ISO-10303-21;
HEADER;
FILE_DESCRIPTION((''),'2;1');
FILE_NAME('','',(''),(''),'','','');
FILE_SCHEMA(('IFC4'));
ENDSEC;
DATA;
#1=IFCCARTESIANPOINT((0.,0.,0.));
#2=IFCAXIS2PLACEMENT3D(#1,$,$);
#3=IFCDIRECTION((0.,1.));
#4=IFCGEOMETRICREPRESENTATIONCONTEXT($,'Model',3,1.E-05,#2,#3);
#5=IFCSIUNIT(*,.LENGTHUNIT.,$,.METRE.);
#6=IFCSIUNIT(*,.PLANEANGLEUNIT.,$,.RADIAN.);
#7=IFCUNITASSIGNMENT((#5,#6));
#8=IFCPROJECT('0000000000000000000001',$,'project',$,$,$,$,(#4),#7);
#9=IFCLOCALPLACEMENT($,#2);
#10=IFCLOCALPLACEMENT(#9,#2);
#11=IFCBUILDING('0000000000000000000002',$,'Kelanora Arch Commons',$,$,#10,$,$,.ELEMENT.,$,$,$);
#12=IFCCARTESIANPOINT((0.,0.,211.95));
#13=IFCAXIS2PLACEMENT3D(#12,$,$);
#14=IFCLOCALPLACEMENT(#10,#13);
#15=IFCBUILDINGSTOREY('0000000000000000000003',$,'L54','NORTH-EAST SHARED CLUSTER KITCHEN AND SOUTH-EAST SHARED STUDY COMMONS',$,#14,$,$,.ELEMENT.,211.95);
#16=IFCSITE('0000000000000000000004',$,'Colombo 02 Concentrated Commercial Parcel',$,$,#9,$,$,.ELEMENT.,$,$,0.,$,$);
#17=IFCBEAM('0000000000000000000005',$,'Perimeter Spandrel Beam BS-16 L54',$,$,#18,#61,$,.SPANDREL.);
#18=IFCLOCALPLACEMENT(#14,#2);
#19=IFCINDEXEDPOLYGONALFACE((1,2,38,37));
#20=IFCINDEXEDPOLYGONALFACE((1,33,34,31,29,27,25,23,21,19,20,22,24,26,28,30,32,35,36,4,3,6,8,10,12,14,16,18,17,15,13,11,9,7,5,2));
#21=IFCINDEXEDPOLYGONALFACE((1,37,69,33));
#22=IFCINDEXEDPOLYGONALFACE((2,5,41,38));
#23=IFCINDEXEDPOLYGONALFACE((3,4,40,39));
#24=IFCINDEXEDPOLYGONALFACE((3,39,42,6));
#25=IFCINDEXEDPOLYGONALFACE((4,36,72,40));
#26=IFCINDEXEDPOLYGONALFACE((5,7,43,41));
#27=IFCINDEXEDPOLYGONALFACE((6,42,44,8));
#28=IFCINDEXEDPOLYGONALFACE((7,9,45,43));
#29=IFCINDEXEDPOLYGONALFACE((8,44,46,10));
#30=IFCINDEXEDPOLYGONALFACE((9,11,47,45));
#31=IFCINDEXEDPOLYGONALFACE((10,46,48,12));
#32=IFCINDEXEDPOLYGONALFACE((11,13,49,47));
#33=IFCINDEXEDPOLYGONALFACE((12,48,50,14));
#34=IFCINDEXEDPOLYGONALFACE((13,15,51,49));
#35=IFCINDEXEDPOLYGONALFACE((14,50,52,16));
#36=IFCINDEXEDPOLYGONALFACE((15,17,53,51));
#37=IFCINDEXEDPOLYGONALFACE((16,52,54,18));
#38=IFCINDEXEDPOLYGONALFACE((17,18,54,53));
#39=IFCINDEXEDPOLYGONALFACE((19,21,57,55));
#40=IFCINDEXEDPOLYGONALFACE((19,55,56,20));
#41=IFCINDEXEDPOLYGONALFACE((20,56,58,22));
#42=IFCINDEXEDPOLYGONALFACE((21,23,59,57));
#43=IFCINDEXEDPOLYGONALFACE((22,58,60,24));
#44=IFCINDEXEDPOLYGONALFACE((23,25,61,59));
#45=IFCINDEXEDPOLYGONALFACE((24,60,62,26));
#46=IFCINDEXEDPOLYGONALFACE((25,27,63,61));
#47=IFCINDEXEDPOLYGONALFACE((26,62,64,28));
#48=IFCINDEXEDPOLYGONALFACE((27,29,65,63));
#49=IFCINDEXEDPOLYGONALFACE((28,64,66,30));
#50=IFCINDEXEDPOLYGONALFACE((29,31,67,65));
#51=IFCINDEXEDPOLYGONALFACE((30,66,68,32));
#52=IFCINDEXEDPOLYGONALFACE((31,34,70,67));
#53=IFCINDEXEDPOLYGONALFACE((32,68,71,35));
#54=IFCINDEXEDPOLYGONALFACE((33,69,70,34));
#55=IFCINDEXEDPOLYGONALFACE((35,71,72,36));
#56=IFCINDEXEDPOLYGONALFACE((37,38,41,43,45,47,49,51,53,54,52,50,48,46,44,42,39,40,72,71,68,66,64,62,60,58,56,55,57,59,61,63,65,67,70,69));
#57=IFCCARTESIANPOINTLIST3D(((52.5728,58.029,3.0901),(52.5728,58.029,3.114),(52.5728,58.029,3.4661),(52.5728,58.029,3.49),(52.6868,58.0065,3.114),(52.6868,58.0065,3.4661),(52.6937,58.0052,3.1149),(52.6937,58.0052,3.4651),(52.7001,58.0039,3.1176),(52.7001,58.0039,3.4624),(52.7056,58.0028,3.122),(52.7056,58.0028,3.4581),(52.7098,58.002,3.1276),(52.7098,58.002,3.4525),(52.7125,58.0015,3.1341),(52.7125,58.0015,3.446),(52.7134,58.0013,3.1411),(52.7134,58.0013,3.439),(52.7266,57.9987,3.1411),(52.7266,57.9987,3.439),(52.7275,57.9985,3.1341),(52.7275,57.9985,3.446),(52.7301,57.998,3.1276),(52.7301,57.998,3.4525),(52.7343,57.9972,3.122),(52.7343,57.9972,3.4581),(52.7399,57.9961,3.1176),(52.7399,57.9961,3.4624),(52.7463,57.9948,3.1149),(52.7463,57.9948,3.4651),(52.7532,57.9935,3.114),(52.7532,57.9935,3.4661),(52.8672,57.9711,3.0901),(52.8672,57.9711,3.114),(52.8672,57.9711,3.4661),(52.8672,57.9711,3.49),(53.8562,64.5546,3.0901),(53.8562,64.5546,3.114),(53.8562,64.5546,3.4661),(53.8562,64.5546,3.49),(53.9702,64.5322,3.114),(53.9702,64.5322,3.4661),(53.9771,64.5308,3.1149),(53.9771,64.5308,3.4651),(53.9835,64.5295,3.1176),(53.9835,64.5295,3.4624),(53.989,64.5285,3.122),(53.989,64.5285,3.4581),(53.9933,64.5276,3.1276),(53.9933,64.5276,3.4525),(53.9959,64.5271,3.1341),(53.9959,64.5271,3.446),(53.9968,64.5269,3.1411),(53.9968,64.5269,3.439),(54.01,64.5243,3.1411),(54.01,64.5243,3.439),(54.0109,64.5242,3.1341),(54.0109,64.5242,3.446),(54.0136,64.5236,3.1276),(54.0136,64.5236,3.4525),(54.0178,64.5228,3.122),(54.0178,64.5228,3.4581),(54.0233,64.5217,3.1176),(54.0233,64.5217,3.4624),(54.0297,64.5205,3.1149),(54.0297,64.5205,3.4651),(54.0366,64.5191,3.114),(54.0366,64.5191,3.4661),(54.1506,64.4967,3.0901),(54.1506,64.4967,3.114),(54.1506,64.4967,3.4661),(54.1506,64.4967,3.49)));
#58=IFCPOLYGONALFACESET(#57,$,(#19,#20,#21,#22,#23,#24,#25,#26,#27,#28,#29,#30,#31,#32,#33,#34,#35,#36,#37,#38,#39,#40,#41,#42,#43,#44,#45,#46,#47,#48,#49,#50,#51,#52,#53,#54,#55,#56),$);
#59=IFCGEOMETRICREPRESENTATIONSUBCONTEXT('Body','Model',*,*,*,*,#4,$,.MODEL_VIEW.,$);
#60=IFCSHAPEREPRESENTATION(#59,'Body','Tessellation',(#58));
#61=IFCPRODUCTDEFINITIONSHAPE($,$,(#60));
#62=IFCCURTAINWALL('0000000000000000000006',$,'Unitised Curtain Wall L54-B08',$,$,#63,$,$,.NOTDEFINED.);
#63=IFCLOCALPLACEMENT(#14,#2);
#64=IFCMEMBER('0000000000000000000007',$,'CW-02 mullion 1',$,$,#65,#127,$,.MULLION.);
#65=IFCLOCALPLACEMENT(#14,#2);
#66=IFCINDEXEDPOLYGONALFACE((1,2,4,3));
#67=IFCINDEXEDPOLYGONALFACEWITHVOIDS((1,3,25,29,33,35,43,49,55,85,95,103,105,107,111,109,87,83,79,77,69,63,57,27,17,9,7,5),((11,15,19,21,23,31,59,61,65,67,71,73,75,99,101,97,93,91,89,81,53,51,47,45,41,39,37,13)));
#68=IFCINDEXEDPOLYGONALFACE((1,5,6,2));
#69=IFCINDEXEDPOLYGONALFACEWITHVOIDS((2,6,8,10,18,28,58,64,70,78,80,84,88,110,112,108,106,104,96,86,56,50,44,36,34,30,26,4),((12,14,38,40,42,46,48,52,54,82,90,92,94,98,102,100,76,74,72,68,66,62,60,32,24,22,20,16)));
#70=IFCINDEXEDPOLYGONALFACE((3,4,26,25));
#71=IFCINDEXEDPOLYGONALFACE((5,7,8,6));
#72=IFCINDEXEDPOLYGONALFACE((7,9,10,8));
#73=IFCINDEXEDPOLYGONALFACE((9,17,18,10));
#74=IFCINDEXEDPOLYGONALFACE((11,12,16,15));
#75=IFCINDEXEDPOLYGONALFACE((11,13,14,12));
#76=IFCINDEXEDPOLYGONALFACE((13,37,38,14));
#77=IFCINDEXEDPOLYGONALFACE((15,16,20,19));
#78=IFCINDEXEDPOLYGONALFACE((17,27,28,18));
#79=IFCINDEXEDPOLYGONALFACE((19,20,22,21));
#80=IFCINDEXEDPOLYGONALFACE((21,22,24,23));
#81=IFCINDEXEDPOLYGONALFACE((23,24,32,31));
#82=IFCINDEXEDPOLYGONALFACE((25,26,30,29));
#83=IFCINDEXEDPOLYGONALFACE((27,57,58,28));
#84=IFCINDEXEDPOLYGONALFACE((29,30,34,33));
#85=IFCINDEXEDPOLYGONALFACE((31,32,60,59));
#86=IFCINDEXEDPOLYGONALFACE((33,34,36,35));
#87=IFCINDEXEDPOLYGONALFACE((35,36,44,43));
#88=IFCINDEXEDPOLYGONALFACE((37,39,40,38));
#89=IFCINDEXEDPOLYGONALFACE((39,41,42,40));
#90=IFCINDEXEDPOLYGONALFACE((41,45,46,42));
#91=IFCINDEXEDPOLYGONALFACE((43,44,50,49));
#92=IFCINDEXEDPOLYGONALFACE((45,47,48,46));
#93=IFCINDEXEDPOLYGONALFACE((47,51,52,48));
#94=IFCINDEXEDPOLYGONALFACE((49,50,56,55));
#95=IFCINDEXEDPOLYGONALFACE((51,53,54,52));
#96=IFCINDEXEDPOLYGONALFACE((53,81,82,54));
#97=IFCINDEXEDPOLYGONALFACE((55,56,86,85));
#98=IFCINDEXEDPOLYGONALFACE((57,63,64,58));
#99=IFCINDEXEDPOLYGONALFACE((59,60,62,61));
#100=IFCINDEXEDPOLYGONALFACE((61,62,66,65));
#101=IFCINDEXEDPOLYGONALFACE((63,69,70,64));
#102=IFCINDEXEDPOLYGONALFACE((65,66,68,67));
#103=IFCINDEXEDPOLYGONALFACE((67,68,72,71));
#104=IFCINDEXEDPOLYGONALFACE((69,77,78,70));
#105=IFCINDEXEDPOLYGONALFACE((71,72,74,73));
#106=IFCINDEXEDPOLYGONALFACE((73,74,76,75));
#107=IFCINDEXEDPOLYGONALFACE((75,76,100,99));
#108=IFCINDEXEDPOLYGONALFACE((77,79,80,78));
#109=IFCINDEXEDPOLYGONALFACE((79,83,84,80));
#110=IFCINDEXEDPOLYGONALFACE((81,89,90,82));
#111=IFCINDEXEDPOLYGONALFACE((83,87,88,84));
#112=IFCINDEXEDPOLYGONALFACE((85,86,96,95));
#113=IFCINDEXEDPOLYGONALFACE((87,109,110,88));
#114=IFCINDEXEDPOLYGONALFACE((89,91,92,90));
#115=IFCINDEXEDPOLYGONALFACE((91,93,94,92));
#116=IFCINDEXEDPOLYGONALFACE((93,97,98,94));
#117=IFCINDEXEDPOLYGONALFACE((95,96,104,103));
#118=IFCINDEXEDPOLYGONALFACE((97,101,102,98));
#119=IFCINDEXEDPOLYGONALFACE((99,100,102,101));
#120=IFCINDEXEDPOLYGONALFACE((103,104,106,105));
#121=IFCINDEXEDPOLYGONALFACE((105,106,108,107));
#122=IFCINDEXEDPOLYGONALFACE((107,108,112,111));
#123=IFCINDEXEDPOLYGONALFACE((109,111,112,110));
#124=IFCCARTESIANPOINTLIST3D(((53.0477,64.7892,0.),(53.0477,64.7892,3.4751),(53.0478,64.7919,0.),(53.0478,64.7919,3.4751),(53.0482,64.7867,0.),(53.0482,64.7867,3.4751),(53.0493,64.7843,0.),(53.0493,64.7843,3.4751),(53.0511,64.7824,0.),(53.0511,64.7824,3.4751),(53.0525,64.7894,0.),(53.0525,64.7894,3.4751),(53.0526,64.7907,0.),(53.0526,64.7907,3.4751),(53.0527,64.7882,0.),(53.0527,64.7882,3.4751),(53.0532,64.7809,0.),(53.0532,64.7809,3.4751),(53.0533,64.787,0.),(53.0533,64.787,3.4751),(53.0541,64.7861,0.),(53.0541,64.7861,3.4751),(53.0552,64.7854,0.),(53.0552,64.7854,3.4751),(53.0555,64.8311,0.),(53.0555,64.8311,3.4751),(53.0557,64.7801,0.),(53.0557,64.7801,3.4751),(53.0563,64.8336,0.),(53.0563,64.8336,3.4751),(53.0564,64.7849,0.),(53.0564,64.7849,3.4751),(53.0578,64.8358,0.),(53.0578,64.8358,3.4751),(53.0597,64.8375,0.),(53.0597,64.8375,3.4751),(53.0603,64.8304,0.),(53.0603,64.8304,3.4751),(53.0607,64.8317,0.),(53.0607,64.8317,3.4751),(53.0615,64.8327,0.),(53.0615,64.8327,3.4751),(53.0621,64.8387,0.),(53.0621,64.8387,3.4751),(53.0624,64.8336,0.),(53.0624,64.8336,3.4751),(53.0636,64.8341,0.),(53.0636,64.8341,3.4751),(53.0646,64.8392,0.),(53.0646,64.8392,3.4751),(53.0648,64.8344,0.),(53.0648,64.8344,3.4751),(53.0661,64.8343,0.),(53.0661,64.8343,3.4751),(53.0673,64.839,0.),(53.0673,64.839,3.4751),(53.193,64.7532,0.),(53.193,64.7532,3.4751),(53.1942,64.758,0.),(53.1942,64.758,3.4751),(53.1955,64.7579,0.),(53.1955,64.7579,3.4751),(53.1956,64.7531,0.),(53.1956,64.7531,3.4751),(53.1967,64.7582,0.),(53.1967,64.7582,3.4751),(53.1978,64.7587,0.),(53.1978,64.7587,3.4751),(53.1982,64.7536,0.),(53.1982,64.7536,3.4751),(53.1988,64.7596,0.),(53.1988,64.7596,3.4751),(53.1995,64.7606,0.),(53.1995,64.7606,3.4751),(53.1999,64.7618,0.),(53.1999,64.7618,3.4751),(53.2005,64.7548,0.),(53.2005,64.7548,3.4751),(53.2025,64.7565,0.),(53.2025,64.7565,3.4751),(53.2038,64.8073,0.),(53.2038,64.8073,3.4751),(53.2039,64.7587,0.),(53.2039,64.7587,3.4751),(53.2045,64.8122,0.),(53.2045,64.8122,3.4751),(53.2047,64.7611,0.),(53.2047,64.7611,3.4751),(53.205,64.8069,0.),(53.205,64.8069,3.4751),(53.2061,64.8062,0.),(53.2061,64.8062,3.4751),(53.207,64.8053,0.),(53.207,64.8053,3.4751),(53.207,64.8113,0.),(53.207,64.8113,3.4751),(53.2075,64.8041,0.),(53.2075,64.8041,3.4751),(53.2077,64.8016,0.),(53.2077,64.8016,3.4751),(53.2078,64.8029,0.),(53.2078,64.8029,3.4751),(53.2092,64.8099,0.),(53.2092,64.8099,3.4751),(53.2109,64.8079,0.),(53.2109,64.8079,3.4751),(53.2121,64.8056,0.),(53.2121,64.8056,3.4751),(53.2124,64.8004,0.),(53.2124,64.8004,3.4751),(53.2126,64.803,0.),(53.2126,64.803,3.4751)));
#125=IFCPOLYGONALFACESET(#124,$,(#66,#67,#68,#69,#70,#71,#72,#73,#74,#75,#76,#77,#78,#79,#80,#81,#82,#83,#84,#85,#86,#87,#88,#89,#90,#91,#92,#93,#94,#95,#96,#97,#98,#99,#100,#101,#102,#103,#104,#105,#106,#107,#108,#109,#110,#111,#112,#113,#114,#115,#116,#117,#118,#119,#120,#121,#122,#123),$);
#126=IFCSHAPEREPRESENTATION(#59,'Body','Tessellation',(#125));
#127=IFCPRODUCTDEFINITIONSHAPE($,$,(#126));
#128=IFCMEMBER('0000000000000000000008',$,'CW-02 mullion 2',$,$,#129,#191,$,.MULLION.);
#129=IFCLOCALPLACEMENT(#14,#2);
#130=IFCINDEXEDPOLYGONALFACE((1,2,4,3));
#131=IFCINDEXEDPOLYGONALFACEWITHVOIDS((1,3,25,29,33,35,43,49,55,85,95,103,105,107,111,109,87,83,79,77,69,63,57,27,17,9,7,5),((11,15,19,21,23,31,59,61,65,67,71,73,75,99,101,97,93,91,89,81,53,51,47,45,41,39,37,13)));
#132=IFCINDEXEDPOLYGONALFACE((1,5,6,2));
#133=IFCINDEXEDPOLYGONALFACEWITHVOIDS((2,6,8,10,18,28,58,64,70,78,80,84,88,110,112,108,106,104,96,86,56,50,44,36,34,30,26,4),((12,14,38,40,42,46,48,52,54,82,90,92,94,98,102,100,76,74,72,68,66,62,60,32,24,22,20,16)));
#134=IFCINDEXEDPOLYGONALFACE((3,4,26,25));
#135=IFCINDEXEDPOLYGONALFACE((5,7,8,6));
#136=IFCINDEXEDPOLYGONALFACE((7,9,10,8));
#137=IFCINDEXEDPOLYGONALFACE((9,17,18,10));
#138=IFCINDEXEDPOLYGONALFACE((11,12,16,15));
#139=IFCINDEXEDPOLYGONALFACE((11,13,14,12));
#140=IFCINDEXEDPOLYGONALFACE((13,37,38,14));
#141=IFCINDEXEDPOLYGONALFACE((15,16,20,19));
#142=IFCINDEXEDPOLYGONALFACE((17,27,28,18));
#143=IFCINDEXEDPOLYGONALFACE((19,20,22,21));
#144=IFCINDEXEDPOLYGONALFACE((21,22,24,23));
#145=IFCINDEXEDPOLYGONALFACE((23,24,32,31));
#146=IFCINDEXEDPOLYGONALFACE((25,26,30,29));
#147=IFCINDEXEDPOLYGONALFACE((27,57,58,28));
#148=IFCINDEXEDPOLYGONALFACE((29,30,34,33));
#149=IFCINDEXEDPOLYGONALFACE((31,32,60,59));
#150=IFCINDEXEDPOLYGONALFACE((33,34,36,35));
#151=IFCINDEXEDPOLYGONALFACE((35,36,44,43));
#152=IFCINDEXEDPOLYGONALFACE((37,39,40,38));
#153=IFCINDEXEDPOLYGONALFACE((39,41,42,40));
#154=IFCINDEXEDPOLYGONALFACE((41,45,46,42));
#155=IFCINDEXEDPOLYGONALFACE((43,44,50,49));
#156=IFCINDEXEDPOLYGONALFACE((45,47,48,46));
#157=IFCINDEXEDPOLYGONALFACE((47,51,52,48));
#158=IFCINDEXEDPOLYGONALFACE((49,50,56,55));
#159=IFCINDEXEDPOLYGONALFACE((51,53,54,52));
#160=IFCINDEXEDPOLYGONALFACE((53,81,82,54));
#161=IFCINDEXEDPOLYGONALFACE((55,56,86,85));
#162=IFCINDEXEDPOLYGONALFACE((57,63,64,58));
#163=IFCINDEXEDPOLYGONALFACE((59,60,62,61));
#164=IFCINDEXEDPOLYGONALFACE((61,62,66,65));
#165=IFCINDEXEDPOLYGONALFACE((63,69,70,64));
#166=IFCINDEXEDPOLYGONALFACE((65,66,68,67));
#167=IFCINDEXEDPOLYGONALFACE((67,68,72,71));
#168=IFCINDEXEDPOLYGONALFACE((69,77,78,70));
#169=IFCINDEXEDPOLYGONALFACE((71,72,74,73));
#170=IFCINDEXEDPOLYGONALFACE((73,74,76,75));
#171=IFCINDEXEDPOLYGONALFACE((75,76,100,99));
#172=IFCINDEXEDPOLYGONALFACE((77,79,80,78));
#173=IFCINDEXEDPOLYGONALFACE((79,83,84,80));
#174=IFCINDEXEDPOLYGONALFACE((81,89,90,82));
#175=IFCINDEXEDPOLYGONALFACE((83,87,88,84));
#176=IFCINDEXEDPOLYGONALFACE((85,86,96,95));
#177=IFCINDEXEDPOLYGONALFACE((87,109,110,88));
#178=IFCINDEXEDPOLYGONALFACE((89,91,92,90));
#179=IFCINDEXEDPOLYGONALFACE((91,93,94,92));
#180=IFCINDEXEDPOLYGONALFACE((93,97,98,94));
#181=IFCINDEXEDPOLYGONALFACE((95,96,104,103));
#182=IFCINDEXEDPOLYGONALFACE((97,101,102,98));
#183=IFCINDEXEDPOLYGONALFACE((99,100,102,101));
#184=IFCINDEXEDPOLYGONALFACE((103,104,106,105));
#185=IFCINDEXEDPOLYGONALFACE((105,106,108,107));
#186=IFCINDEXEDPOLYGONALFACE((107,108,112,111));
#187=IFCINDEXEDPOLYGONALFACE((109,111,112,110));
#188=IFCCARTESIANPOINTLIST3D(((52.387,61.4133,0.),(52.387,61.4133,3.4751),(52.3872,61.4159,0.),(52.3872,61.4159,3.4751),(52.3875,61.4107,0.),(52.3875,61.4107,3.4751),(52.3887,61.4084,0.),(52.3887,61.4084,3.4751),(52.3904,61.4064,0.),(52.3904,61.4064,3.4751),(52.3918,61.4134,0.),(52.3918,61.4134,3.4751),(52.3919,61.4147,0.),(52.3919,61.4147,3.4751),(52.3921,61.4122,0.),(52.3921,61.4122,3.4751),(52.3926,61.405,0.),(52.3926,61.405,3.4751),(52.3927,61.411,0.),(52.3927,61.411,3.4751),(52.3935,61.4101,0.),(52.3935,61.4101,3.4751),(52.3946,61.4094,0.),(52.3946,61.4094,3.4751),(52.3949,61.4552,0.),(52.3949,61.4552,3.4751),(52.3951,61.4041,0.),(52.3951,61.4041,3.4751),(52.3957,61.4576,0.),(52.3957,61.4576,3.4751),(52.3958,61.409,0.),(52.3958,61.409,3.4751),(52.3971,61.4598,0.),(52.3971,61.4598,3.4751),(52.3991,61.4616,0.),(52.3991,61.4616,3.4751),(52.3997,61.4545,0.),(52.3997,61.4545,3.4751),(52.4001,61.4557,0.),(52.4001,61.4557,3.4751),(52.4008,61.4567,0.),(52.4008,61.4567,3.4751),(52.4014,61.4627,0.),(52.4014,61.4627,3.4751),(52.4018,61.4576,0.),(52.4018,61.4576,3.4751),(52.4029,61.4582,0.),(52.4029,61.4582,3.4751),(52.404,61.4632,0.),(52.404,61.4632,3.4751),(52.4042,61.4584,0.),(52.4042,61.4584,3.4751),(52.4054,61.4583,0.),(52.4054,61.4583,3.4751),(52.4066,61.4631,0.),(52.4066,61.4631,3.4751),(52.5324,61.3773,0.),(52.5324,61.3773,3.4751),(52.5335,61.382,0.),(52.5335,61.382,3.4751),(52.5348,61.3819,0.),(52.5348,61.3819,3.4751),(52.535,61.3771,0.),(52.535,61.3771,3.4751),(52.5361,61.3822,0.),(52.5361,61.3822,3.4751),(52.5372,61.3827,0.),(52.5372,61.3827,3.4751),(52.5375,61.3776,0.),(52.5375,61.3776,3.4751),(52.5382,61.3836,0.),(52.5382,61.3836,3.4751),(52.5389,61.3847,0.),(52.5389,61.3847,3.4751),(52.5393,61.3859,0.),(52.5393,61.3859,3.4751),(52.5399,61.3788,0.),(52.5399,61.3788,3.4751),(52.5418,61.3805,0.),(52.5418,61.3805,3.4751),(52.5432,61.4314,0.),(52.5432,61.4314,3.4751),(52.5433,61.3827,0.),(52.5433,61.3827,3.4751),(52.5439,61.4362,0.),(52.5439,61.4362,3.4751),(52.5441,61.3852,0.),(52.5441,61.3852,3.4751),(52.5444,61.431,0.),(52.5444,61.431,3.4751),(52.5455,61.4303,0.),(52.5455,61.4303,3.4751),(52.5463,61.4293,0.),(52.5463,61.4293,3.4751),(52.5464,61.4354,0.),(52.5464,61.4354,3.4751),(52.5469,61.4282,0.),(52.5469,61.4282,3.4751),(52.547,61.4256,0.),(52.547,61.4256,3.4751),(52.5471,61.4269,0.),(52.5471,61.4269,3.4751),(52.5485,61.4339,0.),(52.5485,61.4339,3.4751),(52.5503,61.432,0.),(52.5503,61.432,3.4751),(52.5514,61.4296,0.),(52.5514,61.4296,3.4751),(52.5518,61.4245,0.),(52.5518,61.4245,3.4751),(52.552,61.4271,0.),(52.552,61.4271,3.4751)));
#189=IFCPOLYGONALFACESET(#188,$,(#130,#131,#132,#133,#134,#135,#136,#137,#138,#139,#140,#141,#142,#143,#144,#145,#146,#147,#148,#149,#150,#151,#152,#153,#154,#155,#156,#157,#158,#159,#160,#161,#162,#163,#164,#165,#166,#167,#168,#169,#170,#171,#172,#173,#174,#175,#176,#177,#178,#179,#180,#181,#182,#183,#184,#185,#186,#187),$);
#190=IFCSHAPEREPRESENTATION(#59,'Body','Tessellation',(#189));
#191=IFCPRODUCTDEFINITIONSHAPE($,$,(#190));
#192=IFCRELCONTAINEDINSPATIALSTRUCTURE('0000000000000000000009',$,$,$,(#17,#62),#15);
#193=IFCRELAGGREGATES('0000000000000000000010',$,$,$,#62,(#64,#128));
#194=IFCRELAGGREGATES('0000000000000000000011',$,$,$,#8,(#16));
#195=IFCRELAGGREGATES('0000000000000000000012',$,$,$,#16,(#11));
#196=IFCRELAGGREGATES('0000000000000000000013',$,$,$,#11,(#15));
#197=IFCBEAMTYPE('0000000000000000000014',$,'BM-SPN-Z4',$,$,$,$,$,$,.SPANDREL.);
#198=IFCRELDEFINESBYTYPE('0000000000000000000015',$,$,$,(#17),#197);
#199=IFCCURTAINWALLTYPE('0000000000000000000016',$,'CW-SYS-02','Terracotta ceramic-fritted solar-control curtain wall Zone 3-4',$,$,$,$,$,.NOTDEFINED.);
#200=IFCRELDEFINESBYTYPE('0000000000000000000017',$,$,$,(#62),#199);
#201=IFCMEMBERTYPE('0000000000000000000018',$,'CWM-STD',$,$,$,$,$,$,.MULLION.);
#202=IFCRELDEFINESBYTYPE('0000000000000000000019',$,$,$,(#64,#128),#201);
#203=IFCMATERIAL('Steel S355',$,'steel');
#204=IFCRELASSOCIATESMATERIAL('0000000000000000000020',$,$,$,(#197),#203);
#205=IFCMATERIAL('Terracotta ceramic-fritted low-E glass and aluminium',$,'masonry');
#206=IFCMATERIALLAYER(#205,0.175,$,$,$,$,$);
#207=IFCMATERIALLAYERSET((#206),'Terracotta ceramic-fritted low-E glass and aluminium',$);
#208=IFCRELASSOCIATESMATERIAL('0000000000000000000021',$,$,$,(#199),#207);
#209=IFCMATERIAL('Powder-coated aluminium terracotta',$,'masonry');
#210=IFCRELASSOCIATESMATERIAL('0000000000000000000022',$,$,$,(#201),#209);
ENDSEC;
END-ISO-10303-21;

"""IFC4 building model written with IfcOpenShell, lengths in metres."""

from ifc_helpers import new_model, si_unit, direction, frame, origin, origin_2d, place, context, subcontext, project, spatial, hollow_rectangle, i_section, extrude, material, layer, layer_set, material_profile, profile_set, type_object, element, aggregate, save


model = new_model("IFC4")

# Units and contexts
model_context = context("Model", 3, precision=1e-05, world=origin(), true_north=direction((0.0, 1.0)))
body_context = subcontext(model_context, "Body", "Model", "MODEL_VIEW")
ifc_project = project(units=[si_unit("LENGTHUNIT", "METRE"), si_unit("PLANEANGLEUNIT", "RADIAN")], contexts=[model_context])

# Site, building, storey
site_placement = place(None, origin())
site = spatial("IfcSite", under=ifc_project, at=site_placement, Name="Colombo 02 Concentrated Commercial Parcel", CompositionType="ELEMENT", RefElevation=0.0)
building_placement = place(site_placement, origin())
building = spatial("IfcBuilding", under=site, at=building_placement, Name="Kelanora Arch Commons", CompositionType="ELEMENT")
storey_placement = place(building_placement, frame((0.0, 0.0, 211.95)))
storey = spatial("IfcBuildingStorey", under=building, at=storey_placement, Name="L54", Description="NORTH-EAST SHARED CLUSTER KITCHEN AND SOUTH-EAST SHARED STUDY COMMONS", CompositionType="ELEMENT", Elevation=211.95)

# Beam
ifc_material_1 = material(Name="Steel S355", Category="steel")
ifc_material_profile_1 = material_profile(ifc_material_1, i_section(OverallWidth=0.3, OverallDepth=0.3999, WebThickness=0.0134, FlangeThickness=0.0239, FilletRadius=0.0271, at=origin_2d()), Name="HEB400")
ifc_profile_set_1 = profile_set([ifc_material_profile_1], Name="Steel S355")
beam_type_1 = type_object("IfcBeamType", Name="BM-SPN-Z4", PredefinedType="SPANDREL", material=ifc_profile_set_1)
beam_1_placement = place(storey_placement, frame((54.0034, 64.5256, 3.29), z_axis=(-0.192981, -0.981203, 0.0), x_axis=(0.981203, -0.192981, 0.0)))
element("IfcBeam", 1, at=beam_1_placement, inside=storey, type_object=beam_type_1, Name="Perimeter Spandrel Beam BS-16 L54", PredefinedType="SPANDREL", context=body_context, shape_type="SweptSolid", body=[
    extrude(i_section(OverallWidth=0.3, OverallDepth=0.3999, WebThickness=0.0134, FlangeThickness=0.0239, FilletRadius=0.0271, at=origin_2d()), origin(), (0.0, 0.0, 1.0), 6.6506),
])

# Curtain wall, members
ifc_material_2 = material(Name="Terracotta ceramic-fritted low-E glass and aluminium", Category="masonry")
ifc_layer_1 = layer(ifc_material_2, 0.175)
ifc_layer_set_1 = layer_set([ifc_layer_1], Name="Terracotta ceramic-fritted low-E glass and aluminium")
curtain_wall_type = type_object("IfcCurtainWallType", Name="CW-SYS-02", Description="Terracotta ceramic-fritted solar-control curtain wall Zone 3-4", PredefinedType="NOTDEFINED", material=ifc_layer_set_1)
curtain_wall_placement = place(storey_placement, origin())
curtain_wall = element("IfcCurtainWall", 2, at=curtain_wall_placement, inside=storey, type_object=curtain_wall_type, Name="Unitised Curtain Wall L54-B08", PredefinedType="NOTDEFINED")
ifc_material_3 = material(Name="Powder-coated aluminium terracotta", Category="masonry")
ifc_material_profile_2 = material_profile(ifc_material_3, hollow_rectangle(XDim=0.1599, YDim=0.0601, WallThickness=0.0049, InnerFilletRadius=0.0049, OuterFilletRadius=0.01, at=origin_2d()), Name="CWM160x60")
ifc_profile_set_2 = profile_set([ifc_material_profile_2], Name="Powder-coated aluminium terracotta")
member_type_1 = type_object("IfcMemberType", Name="CWM-STD", PredefinedType="MULLION", material=ifc_profile_set_2)
member_1_placement = place(storey_placement, frame((53.1301, 64.7961, 0.0), z_axis=(0.0, 0.0, 1.0), x_axis=(0.981381, -0.192069, 0.0)))
member_1 = element("IfcMember", 3, at=member_1_placement, type_object=member_type_1, Name="CW-02 mullion 1", PredefinedType="MULLION", context=body_context, shape_type="SweptSolid", body=[
    extrude(hollow_rectangle(XDim=0.1599, YDim=0.0601, WallThickness=0.0049, InnerFilletRadius=0.0049, OuterFilletRadius=0.01, at=origin_2d()), origin(), (0.0, 0.0, 1.0), 3.4751),
])
member_2_placement = place(storey_placement, frame((52.4695, 61.4202, 0.0), z_axis=(0.0, 0.0, 1.0), x_axis=(0.981381, -0.192069, 0.0)))
member_2 = element("IfcMember", 4, at=member_2_placement, type_object=member_type_1, Name="CW-02 mullion 2", PredefinedType="MULLION", context=body_context, shape_type="SweptSolid", body=[
    extrude(hollow_rectangle(XDim=0.1599, YDim=0.0601, WallThickness=0.0049, InnerFilletRadius=0.0049, OuterFilletRadius=0.01, at=origin_2d()), origin(), (0.0, 0.0, 1.0), 3.4751),
])
aggregate(curtain_wall, [member_1, member_2])

save(model, "model.ifc")
